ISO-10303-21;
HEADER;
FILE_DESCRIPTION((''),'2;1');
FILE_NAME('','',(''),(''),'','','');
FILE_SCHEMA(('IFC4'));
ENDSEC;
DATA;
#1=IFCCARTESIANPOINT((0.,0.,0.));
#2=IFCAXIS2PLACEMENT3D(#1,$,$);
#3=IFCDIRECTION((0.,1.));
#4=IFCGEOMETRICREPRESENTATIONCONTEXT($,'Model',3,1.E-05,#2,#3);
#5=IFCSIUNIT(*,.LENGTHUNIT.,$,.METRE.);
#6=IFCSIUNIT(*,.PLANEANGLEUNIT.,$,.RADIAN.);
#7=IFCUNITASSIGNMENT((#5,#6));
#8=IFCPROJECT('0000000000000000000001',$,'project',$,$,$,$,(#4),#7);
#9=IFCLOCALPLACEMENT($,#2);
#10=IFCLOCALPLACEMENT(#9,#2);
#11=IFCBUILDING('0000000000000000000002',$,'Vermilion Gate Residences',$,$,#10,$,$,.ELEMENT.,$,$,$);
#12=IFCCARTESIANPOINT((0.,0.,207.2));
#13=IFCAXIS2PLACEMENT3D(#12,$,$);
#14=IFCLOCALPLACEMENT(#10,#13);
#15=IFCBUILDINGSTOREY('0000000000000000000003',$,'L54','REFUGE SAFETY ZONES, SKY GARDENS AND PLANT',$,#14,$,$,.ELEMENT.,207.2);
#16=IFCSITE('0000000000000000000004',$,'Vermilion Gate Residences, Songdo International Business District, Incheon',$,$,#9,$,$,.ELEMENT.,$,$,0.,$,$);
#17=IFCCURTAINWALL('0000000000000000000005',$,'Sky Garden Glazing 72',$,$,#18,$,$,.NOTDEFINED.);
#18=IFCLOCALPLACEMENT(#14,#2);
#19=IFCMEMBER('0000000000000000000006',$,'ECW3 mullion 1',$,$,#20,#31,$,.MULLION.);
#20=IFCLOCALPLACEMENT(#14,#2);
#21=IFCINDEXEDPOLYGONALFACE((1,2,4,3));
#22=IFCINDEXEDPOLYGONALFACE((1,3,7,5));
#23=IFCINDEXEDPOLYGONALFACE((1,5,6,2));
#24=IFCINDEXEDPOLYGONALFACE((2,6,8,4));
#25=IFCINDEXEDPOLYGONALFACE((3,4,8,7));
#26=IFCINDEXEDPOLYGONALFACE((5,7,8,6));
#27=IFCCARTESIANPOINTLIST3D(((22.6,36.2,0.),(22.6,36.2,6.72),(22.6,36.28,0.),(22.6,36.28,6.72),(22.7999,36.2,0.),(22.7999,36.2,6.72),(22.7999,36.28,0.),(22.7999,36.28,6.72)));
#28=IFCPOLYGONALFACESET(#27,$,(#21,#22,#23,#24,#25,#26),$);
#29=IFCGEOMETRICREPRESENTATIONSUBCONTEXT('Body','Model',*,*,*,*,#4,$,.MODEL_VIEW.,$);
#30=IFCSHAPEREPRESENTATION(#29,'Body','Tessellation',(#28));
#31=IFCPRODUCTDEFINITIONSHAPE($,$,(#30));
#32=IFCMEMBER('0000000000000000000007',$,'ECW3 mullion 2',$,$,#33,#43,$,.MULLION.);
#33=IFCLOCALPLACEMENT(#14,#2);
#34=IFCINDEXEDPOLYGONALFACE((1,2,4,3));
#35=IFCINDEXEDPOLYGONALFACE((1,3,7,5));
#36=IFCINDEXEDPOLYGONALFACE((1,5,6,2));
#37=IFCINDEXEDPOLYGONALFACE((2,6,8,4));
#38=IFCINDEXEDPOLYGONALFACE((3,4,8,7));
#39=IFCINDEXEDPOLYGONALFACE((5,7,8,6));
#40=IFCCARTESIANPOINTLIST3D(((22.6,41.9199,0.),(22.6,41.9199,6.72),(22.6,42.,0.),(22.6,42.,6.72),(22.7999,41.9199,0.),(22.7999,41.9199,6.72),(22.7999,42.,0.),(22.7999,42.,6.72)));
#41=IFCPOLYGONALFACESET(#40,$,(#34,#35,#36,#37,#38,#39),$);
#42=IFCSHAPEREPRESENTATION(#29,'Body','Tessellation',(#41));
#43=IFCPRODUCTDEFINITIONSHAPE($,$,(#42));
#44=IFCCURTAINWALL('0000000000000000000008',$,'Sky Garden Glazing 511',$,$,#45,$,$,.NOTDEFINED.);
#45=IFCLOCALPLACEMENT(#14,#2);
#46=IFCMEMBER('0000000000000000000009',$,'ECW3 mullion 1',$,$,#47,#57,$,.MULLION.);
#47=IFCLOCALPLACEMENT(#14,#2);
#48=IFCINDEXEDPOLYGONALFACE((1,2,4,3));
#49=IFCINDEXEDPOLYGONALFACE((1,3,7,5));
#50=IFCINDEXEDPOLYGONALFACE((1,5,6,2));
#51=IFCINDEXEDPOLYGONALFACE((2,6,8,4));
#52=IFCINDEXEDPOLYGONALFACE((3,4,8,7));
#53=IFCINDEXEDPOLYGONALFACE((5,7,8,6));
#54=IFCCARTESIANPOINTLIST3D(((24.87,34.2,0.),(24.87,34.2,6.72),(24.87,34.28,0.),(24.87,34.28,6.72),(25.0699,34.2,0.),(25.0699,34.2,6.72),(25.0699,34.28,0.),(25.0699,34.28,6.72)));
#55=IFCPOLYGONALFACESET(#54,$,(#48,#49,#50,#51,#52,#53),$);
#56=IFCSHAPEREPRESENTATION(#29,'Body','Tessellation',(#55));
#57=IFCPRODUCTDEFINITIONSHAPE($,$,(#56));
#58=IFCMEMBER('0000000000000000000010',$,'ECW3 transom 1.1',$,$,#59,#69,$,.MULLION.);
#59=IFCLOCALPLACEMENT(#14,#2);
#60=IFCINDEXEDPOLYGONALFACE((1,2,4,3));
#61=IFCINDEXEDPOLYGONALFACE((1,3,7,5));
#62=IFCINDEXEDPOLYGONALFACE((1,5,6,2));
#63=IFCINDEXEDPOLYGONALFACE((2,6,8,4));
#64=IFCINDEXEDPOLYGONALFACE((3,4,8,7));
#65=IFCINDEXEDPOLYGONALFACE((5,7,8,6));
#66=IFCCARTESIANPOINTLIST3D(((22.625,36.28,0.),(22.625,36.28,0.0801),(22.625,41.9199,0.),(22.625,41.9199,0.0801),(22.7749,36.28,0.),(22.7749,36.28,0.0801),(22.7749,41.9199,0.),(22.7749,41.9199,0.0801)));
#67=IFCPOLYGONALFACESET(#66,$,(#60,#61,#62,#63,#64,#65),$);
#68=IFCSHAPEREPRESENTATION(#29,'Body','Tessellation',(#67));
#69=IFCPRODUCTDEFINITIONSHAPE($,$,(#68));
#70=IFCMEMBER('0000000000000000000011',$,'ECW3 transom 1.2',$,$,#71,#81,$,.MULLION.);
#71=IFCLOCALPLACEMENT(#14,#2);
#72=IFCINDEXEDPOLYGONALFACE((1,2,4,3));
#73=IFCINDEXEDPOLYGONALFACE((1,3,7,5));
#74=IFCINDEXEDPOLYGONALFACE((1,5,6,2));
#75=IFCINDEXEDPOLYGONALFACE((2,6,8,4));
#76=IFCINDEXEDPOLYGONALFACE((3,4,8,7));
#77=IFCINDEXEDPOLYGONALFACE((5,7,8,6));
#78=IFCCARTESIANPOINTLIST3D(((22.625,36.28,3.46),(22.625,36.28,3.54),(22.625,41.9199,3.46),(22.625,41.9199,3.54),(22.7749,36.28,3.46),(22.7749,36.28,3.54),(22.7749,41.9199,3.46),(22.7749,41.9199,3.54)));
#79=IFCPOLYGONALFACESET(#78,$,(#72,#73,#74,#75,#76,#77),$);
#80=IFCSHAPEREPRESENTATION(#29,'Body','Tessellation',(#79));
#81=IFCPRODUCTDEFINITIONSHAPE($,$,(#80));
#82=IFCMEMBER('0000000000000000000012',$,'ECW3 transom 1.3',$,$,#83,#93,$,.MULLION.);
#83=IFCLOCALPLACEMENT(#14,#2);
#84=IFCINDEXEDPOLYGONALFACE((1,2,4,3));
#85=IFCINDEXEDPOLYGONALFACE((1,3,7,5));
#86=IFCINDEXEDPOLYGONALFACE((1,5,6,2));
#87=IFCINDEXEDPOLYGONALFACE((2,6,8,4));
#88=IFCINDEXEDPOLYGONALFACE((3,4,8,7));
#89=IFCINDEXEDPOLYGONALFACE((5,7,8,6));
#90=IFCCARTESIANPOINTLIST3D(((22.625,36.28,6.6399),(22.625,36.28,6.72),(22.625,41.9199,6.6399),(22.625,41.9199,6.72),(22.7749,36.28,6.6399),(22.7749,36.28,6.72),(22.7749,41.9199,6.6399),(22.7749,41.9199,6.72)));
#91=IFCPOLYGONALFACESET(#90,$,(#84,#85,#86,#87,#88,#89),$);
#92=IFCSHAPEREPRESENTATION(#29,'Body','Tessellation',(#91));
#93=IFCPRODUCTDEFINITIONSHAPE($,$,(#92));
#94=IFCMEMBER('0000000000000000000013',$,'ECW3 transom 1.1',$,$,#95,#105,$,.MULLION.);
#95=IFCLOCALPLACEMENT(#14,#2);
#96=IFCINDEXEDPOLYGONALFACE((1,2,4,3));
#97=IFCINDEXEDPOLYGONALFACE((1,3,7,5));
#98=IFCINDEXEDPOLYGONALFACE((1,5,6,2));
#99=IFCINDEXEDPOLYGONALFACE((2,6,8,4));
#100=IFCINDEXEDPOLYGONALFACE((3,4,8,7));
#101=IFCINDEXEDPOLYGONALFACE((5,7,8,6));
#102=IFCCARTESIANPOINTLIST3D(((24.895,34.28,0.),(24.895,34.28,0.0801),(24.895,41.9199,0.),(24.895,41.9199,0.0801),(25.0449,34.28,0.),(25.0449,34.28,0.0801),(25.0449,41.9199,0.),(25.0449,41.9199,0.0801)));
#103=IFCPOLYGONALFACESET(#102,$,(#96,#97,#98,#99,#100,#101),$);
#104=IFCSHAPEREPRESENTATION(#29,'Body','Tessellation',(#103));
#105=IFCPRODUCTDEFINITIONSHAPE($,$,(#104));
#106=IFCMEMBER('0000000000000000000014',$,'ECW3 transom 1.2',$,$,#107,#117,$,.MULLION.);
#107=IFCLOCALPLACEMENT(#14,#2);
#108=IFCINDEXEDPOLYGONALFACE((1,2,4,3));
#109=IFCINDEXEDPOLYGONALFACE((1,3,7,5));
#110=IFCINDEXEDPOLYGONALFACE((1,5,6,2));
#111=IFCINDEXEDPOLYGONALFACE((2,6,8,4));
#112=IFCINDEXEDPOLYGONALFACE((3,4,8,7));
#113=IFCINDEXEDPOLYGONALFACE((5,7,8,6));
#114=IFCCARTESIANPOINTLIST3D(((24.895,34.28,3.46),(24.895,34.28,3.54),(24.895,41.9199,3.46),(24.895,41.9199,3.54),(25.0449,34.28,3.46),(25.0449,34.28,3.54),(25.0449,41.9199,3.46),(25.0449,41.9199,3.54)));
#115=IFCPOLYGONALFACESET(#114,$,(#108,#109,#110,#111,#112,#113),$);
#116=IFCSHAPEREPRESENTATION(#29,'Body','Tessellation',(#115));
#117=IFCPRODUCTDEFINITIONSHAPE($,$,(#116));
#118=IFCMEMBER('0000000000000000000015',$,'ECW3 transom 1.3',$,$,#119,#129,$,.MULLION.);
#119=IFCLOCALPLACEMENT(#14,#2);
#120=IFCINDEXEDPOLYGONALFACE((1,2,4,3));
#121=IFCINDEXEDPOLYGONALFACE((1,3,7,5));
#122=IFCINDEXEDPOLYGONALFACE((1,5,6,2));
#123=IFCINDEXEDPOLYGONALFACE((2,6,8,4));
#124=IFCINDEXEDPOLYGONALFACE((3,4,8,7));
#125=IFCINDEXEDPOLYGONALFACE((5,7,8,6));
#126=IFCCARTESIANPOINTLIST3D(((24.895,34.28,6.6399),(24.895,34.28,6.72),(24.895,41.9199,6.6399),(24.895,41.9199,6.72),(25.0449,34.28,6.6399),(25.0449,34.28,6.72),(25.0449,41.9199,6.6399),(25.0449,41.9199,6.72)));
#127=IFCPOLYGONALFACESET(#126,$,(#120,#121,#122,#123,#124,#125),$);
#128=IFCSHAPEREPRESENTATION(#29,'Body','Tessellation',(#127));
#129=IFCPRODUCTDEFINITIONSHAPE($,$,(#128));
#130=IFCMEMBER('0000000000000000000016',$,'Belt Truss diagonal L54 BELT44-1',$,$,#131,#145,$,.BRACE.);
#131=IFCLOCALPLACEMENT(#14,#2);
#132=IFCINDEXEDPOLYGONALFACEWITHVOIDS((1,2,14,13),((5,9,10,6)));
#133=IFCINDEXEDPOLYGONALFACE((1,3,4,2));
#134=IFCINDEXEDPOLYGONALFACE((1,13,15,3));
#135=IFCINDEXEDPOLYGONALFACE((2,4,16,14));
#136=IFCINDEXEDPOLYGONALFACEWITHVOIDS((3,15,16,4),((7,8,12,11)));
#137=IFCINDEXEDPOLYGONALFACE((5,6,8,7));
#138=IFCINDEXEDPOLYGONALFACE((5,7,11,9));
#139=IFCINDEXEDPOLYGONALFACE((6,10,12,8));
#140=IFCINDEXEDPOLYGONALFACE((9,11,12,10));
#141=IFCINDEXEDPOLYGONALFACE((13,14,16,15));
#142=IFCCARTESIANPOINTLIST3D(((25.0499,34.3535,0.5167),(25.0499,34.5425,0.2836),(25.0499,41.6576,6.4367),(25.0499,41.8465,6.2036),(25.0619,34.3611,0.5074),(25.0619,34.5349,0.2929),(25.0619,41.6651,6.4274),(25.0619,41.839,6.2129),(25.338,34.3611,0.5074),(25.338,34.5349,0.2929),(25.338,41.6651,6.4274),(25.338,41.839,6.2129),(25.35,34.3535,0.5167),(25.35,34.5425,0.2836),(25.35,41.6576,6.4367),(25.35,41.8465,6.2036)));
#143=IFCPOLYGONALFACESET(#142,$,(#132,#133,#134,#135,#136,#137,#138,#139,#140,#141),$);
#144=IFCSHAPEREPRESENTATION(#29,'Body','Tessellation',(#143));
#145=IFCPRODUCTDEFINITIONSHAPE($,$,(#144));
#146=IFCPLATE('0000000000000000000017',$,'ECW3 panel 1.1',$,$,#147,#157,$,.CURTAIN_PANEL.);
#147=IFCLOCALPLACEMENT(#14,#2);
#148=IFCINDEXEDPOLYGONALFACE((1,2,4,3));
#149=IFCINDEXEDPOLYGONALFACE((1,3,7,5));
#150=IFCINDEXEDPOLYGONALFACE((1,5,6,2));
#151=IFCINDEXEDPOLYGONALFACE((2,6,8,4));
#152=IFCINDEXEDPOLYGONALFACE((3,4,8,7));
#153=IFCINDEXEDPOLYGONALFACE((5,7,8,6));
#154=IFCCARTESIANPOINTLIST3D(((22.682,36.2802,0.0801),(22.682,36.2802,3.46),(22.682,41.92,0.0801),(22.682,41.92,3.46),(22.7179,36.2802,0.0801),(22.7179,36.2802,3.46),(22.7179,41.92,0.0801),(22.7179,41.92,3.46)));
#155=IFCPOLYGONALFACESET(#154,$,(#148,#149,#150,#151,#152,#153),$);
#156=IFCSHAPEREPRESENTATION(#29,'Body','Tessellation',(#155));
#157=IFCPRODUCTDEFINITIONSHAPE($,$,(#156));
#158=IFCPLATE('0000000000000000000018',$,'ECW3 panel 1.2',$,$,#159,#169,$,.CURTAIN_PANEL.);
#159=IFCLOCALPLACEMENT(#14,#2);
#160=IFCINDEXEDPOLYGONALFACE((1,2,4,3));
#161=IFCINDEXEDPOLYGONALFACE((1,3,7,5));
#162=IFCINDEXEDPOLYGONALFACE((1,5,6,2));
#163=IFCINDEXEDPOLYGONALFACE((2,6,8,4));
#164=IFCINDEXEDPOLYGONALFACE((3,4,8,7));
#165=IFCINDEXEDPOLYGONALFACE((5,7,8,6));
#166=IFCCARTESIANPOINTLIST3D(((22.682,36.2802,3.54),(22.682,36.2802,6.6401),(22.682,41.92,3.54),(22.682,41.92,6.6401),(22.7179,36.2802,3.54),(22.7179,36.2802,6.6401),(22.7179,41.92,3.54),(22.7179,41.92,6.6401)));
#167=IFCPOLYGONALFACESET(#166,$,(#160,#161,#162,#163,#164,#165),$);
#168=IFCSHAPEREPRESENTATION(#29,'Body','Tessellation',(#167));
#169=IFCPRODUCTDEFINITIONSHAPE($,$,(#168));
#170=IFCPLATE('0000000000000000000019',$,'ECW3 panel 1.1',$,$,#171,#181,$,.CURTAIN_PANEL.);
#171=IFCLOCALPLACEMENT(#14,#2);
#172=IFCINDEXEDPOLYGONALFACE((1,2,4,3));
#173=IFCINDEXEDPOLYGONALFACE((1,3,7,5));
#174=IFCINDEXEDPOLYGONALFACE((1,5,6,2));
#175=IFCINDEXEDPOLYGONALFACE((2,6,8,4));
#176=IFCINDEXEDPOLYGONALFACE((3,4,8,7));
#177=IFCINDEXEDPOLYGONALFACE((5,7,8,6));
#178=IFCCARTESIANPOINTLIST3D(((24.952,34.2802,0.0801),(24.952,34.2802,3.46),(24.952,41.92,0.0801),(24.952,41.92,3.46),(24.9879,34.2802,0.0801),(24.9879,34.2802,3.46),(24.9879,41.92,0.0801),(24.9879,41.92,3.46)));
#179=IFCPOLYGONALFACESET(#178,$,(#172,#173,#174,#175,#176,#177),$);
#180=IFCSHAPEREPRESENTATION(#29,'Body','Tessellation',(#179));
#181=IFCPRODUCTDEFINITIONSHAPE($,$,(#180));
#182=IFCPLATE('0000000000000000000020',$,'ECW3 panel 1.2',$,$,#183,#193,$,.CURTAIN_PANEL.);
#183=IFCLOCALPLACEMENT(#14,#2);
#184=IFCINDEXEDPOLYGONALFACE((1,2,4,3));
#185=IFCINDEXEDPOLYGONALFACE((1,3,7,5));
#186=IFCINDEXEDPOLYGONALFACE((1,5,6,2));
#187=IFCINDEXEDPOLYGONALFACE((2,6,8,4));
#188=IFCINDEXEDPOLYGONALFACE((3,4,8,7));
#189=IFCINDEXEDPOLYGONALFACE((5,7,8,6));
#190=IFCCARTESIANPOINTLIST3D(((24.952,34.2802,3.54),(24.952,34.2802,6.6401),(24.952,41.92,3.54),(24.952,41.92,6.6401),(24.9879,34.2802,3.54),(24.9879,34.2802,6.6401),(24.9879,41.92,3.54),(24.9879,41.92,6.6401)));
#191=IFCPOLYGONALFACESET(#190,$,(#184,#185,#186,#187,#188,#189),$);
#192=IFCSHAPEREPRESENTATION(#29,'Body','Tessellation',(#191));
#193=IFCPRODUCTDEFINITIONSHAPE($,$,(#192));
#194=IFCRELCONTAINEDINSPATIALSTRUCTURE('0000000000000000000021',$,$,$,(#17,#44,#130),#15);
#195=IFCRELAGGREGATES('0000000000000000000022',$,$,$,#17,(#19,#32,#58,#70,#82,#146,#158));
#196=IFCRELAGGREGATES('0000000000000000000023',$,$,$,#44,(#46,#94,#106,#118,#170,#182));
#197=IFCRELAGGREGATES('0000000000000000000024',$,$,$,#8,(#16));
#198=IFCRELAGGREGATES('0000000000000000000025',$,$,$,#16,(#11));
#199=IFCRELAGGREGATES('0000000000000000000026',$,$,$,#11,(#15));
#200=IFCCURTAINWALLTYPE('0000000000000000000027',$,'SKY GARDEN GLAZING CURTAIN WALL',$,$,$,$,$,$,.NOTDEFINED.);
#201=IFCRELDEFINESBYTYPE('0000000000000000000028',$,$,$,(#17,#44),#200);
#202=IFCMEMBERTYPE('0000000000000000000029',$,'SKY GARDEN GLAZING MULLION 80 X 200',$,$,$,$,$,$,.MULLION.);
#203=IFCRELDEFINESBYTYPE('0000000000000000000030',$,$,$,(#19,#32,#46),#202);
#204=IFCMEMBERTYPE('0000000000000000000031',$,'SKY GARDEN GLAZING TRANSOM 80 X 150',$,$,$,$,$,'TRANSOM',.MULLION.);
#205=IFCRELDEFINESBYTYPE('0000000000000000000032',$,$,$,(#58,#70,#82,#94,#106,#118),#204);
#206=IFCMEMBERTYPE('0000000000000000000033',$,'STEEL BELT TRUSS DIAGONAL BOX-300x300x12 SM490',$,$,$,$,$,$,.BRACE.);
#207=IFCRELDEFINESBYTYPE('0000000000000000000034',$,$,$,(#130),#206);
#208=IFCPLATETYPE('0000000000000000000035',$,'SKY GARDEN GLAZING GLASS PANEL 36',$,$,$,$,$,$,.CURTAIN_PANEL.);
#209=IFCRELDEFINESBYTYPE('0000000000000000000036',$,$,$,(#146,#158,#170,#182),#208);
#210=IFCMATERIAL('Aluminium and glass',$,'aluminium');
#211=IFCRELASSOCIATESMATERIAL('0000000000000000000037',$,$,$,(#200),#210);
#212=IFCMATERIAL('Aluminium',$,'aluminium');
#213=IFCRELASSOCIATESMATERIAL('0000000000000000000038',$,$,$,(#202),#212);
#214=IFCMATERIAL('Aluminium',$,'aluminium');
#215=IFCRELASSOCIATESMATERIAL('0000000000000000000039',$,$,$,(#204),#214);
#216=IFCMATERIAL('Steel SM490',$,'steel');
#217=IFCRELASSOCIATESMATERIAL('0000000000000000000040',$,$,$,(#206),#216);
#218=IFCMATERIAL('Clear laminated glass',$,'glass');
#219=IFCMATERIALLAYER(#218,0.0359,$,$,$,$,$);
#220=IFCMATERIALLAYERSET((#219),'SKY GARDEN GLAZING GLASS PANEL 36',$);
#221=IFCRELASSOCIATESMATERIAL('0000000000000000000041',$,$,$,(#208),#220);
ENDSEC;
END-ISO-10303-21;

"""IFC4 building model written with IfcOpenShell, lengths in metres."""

from ifc_helpers import new_model, si_unit, direction, frame, origin, origin_2d, place, context, subcontext, project, spatial, rectangle, hollow_rectangle, extrude, material, layer, layer_set, material_profile, profile_set, type_object, element, aggregate, save


model = new_model("IFC4")

# Units and contexts
model_context = context("Model", 3, precision=1e-05, world=origin(), true_north=direction((0.0, 1.0)))
body_context = subcontext(model_context, "Body", "Model", "MODEL_VIEW")
ifc_project = project(units=[si_unit("LENGTHUNIT", "METRE"), si_unit("PLANEANGLEUNIT", "RADIAN")], contexts=[model_context])

# Site, building, storey
site_placement = place(None, origin())
site = spatial("IfcSite", under=ifc_project, at=site_placement, Name="Vermilion Gate Residences, Songdo International Business District, Incheon", CompositionType="ELEMENT", RefElevation=0.0)
building_placement = place(site_placement, origin())
building = spatial("IfcBuilding", under=site, at=building_placement, Name="Vermilion Gate Residences", CompositionType="ELEMENT")
storey_placement = place(building_placement, frame((0.0, 0.0, 207.2)))
storey = spatial("IfcBuildingStorey", under=building, at=storey_placement, Name="L54", Description="REFUGE SAFETY ZONES, SKY GARDENS AND PLANT", CompositionType="ELEMENT", Elevation=207.2)

# Curtain wall, members
ifc_material_1 = material(Name="Aluminium and glass", Category="aluminium")
curtain_wall_type = type_object("IfcCurtainWallType", Name="SKY GARDEN GLAZING CURTAIN WALL", PredefinedType="NOTDEFINED", material=ifc_material_1)
curtain_wall_1_placement = place(storey_placement, origin())
curtain_wall_1 = element("IfcCurtainWall", 1, at=curtain_wall_1_placement, inside=storey, type_object=curtain_wall_type, Name="Sky Garden Glazing 72", PredefinedType="NOTDEFINED")
ifc_material_2 = material(Name="Aluminium", Category="aluminium")
ifc_material_profile_1 = material_profile(ifc_material_2, rectangle(XDim=0.2, YDim=0.0801, at=origin_2d()), Name="MULLION 80 X 200")
ifc_profile_set_1 = profile_set([ifc_material_profile_1], Name="Aluminium")
member_type_1 = type_object("IfcMemberType", Name="SKY GARDEN GLAZING MULLION 80 X 200", PredefinedType="MULLION", material=ifc_profile_set_1)
member_1_placement = place(storey_placement, frame((22.7, 36.24, 0.0), z_axis=(0.0, 0.0, 1.0), x_axis=(-1.0, 0.0, 0.0)))
member_1 = element("IfcMember", 2, at=member_1_placement, type_object=member_type_1, Name="ECW3 mullion 1", PredefinedType="MULLION", context=body_context, shape_type="SweptSolid", body=[
    extrude(rectangle(XDim=0.2, YDim=0.0801, at=origin_2d()), origin(), (0.0, 0.0, 1.0), 6.72),
])
member_2_placement = place(storey_placement, frame((22.7, 41.96, 0.0), z_axis=(0.0, 0.0, 1.0), x_axis=(-1.0, 0.0, 0.0)))
member_2 = element("IfcMember", 3, at=member_2_placement, type_object=member_type_1, Name="ECW3 mullion 2", PredefinedType="MULLION", context=body_context, shape_type="SweptSolid", body=[
    extrude(rectangle(XDim=0.2, YDim=0.0801, at=origin_2d()), origin(), (0.0, 0.0, 1.0), 6.72),
])

# Curtain wall, member
curtain_wall_2_placement = place(storey_placement, origin())
curtain_wall_2 = element("IfcCurtainWall", 4, at=curtain_wall_2_placement, inside=storey, type_object=curtain_wall_type, Name="Sky Garden Glazing 511", PredefinedType="NOTDEFINED")
member_3_placement = place(storey_placement, frame((24.97, 34.24, 0.0), z_axis=(0.0, 0.0, 1.0), x_axis=(-1.0, 0.0, 0.0)))
member_3 = element("IfcMember", 5, at=member_3_placement, type_object=member_type_1, Name="ECW3 mullion 1", PredefinedType="MULLION", context=body_context, shape_type="SweptSolid", body=[
    extrude(rectangle(XDim=0.2, YDim=0.0801, at=origin_2d()), origin(), (0.0, 0.0, 1.0), 6.72),
])

# Members
ifc_material_3 = material(Name="Aluminium", Category="aluminium")
ifc_material_profile_2 = material_profile(ifc_material_3, rectangle(XDim=0.1499, YDim=0.0801, at=origin_2d()), Name="TRANSOM 80 X 150")
ifc_profile_set_2 = profile_set([ifc_material_profile_2], Name="Aluminium")
member_type_2 = type_object("IfcMemberType", Name="SKY GARDEN GLAZING TRANSOM 80 X 150", ElementType="TRANSOM", PredefinedType="MULLION", material=ifc_profile_set_2)
member_4_placement = place(storey_placement, frame((22.7, 36.28, 0.04), z_axis=(0.0, 1.0, 0.0), x_axis=(-1.0, 0.0, 0.0)))
member_4 = element("IfcMember", 6, at=member_4_placement, type_object=member_type_2, Name="ECW3 transom 1.1", PredefinedType="MULLION", context=body_context, shape_type="SweptSolid", body=[
    extrude(rectangle(XDim=0.1499, YDim=0.0801, at=origin_2d()), origin(), (0.0, 0.0, 1.0), 5.6399),
])
member_5_placement = place(storey_placement, frame((22.7, 36.28, 3.5), z_axis=(0.0, 1.0, 0.0), x_axis=(-1.0, 0.0, 0.0)))
member_5 = element("IfcMember", 7, at=member_5_placement, type_object=member_type_2, Name="ECW3 transom 1.2", PredefinedType="MULLION", context=body_context, shape_type="SweptSolid", body=[
    extrude(rectangle(XDim=0.1499, YDim=0.0801, at=origin_2d()), origin(), (0.0, 0.0, 1.0), 5.6399),
])
member_6_placement = place(storey_placement, frame((22.7, 36.28, 6.6799), z_axis=(0.0, 1.0, 0.0), x_axis=(-1.0, 0.0, 0.0)))
member_6 = element("IfcMember", 8, at=member_6_placement, type_object=member_type_2, Name="ECW3 transom 1.3", PredefinedType="MULLION", context=body_context, shape_type="SweptSolid", body=[
    extrude(rectangle(XDim=0.1499, YDim=0.0801, at=origin_2d()), origin(), (0.0, 0.0, 1.0), 5.6399),
])
member_7_placement = place(storey_placement, frame((24.97, 34.28, 0.04), z_axis=(0.0, 1.0, 0.0), x_axis=(-1.0, 0.0, 0.0)))
member_7 = element("IfcMember", 9, at=member_7_placement, type_object=member_type_2, Name="ECW3 transom 1.1", PredefinedType="MULLION", context=body_context, shape_type="SweptSolid", body=[
    extrude(rectangle(XDim=0.1499, YDim=0.0801, at=origin_2d()), origin(), (0.0, 0.0, 1.0), 7.6399),
])
member_8_placement = place(storey_placement, frame((24.97, 34.28, 3.5), z_axis=(0.0, 1.0, 0.0), x_axis=(-1.0, 0.0, 0.0)))
member_8 = element("IfcMember", 10, at=member_8_placement, type_object=member_type_2, Name="ECW3 transom 1.2", PredefinedType="MULLION", context=body_context, shape_type="SweptSolid", body=[
    extrude(rectangle(XDim=0.1499, YDim=0.0801, at=origin_2d()), origin(), (0.0, 0.0, 1.0), 7.6399),
])
member_9_placement = place(storey_placement, frame((24.97, 34.28, 6.6799), z_axis=(0.0, 1.0, 0.0), x_axis=(-1.0, 0.0, 0.0)))
member_9 = element("IfcMember", 11, at=member_9_placement, type_object=member_type_2, Name="ECW3 transom 1.3", PredefinedType="MULLION", context=body_context, shape_type="SweptSolid", body=[
    extrude(rectangle(XDim=0.1499, YDim=0.0801, at=origin_2d()), origin(), (0.0, 0.0, 1.0), 7.6399),
])
ifc_material_4 = material(Name="Steel SM490", Category="steel")
ifc_material_profile_3 = material_profile(ifc_material_4, hollow_rectangle(XDim=0.3, YDim=0.3, WallThickness=0.012, at=origin_2d()), Name="BOX-300x300x12")
ifc_profile_set_3 = profile_set([ifc_material_profile_3], Name="Steel SM490")
member_type_3 = type_object("IfcMemberType", Name="STEEL BELT TRUSS DIAGONAL BOX-300x300x12 SM490", PredefinedType="BRACE", material=ifc_profile_set_3)
member_10_placement = place(storey_placement, frame((25.2, 34.448, 0.4001), z_axis=(0.0, 0.77687, 0.629661), x_axis=(-1.0, 0.0, 0.0)))
element("IfcMember", 12, at=member_10_placement, inside=storey, type_object=member_type_3, Name="Belt Truss diagonal L54 BELT44-1", PredefinedType="BRACE", context=body_context, shape_type="SweptSolid", body=[
    extrude(hollow_rectangle(XDim=0.3, YDim=0.3, WallThickness=0.012, at=origin_2d()), origin(), (0.0, 0.0, 1.0), 9.4019),
])

# Plates
ifc_material_5 = material(Name="Clear laminated glass", Category="glass")
ifc_layer = layer(ifc_material_5, 0.0359)
ifc_layer_set = layer_set([ifc_layer], Name="SKY GARDEN GLAZING GLASS PANEL 36")
plate_type = type_object("IfcPlateType", Name="SKY GARDEN GLAZING GLASS PANEL 36", PredefinedType="CURTAIN_PANEL", material=ifc_layer_set)
plate_1_placement = place(storey_placement, frame((22.7, 39.1001, 0.0801), z_axis=(0.0, 0.0, 1.0), x_axis=(0.0, 1.0, 0.0)))
plate_1 = element("IfcPlate", 13, at=plate_1_placement, type_object=plate_type, Name="ECW3 panel 1.1", PredefinedType="CURTAIN_PANEL", context=body_context, shape_type="SweptSolid", body=[
    extrude(rectangle(XDim=5.6399, YDim=0.0359, at=origin_2d()), origin(), (0.0, 0.0, 1.0), 3.3799),
])
plate_2_placement = place(storey_placement, frame((22.7, 39.1001, 3.54), z_axis=(0.0, 0.0, 1.0), x_axis=(0.0, 1.0, 0.0)))
plate_2 = element("IfcPlate", 14, at=plate_2_placement, type_object=plate_type, Name="ECW3 panel 1.2", PredefinedType="CURTAIN_PANEL", context=body_context, shape_type="SweptSolid", body=[
    extrude(rectangle(XDim=5.6399, YDim=0.0359, at=origin_2d()), origin(), (0.0, 0.0, 1.0), 3.1001),
])
aggregate(curtain_wall_1, [member_1, member_2, member_4, member_5, member_6, plate_1, plate_2])
plate_3_placement = place(storey_placement, frame((24.97, 38.1001, 0.0801), z_axis=(0.0, 0.0, 1.0), x_axis=(0.0, 1.0, 0.0)))
plate_3 = element("IfcPlate", 15, at=plate_3_placement, type_object=plate_type, Name="ECW3 panel 1.1", PredefinedType="CURTAIN_PANEL", context=body_context, shape_type="SweptSolid", body=[
    extrude(rectangle(XDim=7.6399, YDim=0.0359, at=origin_2d()), origin(), (0.0, 0.0, 1.0), 3.3799),
])
plate_4_placement = place(storey_placement, frame((24.97, 38.1001, 3.54), z_axis=(0.0, 0.0, 1.0), x_axis=(0.0, 1.0, 0.0)))
plate_4 = element("IfcPlate", 16, at=plate_4_placement, type_object=plate_type, Name="ECW3 panel 1.2", PredefinedType="CURTAIN_PANEL", context=body_context, shape_type="SweptSolid", body=[
    extrude(rectangle(XDim=7.6399, YDim=0.0359, at=origin_2d()), origin(), (0.0, 0.0, 1.0), 3.1001),
])
aggregate(curtain_wall_2, [member_3, member_7, member_8, member_9, plate_3, plate_4])

save(model, "model.ifc")
